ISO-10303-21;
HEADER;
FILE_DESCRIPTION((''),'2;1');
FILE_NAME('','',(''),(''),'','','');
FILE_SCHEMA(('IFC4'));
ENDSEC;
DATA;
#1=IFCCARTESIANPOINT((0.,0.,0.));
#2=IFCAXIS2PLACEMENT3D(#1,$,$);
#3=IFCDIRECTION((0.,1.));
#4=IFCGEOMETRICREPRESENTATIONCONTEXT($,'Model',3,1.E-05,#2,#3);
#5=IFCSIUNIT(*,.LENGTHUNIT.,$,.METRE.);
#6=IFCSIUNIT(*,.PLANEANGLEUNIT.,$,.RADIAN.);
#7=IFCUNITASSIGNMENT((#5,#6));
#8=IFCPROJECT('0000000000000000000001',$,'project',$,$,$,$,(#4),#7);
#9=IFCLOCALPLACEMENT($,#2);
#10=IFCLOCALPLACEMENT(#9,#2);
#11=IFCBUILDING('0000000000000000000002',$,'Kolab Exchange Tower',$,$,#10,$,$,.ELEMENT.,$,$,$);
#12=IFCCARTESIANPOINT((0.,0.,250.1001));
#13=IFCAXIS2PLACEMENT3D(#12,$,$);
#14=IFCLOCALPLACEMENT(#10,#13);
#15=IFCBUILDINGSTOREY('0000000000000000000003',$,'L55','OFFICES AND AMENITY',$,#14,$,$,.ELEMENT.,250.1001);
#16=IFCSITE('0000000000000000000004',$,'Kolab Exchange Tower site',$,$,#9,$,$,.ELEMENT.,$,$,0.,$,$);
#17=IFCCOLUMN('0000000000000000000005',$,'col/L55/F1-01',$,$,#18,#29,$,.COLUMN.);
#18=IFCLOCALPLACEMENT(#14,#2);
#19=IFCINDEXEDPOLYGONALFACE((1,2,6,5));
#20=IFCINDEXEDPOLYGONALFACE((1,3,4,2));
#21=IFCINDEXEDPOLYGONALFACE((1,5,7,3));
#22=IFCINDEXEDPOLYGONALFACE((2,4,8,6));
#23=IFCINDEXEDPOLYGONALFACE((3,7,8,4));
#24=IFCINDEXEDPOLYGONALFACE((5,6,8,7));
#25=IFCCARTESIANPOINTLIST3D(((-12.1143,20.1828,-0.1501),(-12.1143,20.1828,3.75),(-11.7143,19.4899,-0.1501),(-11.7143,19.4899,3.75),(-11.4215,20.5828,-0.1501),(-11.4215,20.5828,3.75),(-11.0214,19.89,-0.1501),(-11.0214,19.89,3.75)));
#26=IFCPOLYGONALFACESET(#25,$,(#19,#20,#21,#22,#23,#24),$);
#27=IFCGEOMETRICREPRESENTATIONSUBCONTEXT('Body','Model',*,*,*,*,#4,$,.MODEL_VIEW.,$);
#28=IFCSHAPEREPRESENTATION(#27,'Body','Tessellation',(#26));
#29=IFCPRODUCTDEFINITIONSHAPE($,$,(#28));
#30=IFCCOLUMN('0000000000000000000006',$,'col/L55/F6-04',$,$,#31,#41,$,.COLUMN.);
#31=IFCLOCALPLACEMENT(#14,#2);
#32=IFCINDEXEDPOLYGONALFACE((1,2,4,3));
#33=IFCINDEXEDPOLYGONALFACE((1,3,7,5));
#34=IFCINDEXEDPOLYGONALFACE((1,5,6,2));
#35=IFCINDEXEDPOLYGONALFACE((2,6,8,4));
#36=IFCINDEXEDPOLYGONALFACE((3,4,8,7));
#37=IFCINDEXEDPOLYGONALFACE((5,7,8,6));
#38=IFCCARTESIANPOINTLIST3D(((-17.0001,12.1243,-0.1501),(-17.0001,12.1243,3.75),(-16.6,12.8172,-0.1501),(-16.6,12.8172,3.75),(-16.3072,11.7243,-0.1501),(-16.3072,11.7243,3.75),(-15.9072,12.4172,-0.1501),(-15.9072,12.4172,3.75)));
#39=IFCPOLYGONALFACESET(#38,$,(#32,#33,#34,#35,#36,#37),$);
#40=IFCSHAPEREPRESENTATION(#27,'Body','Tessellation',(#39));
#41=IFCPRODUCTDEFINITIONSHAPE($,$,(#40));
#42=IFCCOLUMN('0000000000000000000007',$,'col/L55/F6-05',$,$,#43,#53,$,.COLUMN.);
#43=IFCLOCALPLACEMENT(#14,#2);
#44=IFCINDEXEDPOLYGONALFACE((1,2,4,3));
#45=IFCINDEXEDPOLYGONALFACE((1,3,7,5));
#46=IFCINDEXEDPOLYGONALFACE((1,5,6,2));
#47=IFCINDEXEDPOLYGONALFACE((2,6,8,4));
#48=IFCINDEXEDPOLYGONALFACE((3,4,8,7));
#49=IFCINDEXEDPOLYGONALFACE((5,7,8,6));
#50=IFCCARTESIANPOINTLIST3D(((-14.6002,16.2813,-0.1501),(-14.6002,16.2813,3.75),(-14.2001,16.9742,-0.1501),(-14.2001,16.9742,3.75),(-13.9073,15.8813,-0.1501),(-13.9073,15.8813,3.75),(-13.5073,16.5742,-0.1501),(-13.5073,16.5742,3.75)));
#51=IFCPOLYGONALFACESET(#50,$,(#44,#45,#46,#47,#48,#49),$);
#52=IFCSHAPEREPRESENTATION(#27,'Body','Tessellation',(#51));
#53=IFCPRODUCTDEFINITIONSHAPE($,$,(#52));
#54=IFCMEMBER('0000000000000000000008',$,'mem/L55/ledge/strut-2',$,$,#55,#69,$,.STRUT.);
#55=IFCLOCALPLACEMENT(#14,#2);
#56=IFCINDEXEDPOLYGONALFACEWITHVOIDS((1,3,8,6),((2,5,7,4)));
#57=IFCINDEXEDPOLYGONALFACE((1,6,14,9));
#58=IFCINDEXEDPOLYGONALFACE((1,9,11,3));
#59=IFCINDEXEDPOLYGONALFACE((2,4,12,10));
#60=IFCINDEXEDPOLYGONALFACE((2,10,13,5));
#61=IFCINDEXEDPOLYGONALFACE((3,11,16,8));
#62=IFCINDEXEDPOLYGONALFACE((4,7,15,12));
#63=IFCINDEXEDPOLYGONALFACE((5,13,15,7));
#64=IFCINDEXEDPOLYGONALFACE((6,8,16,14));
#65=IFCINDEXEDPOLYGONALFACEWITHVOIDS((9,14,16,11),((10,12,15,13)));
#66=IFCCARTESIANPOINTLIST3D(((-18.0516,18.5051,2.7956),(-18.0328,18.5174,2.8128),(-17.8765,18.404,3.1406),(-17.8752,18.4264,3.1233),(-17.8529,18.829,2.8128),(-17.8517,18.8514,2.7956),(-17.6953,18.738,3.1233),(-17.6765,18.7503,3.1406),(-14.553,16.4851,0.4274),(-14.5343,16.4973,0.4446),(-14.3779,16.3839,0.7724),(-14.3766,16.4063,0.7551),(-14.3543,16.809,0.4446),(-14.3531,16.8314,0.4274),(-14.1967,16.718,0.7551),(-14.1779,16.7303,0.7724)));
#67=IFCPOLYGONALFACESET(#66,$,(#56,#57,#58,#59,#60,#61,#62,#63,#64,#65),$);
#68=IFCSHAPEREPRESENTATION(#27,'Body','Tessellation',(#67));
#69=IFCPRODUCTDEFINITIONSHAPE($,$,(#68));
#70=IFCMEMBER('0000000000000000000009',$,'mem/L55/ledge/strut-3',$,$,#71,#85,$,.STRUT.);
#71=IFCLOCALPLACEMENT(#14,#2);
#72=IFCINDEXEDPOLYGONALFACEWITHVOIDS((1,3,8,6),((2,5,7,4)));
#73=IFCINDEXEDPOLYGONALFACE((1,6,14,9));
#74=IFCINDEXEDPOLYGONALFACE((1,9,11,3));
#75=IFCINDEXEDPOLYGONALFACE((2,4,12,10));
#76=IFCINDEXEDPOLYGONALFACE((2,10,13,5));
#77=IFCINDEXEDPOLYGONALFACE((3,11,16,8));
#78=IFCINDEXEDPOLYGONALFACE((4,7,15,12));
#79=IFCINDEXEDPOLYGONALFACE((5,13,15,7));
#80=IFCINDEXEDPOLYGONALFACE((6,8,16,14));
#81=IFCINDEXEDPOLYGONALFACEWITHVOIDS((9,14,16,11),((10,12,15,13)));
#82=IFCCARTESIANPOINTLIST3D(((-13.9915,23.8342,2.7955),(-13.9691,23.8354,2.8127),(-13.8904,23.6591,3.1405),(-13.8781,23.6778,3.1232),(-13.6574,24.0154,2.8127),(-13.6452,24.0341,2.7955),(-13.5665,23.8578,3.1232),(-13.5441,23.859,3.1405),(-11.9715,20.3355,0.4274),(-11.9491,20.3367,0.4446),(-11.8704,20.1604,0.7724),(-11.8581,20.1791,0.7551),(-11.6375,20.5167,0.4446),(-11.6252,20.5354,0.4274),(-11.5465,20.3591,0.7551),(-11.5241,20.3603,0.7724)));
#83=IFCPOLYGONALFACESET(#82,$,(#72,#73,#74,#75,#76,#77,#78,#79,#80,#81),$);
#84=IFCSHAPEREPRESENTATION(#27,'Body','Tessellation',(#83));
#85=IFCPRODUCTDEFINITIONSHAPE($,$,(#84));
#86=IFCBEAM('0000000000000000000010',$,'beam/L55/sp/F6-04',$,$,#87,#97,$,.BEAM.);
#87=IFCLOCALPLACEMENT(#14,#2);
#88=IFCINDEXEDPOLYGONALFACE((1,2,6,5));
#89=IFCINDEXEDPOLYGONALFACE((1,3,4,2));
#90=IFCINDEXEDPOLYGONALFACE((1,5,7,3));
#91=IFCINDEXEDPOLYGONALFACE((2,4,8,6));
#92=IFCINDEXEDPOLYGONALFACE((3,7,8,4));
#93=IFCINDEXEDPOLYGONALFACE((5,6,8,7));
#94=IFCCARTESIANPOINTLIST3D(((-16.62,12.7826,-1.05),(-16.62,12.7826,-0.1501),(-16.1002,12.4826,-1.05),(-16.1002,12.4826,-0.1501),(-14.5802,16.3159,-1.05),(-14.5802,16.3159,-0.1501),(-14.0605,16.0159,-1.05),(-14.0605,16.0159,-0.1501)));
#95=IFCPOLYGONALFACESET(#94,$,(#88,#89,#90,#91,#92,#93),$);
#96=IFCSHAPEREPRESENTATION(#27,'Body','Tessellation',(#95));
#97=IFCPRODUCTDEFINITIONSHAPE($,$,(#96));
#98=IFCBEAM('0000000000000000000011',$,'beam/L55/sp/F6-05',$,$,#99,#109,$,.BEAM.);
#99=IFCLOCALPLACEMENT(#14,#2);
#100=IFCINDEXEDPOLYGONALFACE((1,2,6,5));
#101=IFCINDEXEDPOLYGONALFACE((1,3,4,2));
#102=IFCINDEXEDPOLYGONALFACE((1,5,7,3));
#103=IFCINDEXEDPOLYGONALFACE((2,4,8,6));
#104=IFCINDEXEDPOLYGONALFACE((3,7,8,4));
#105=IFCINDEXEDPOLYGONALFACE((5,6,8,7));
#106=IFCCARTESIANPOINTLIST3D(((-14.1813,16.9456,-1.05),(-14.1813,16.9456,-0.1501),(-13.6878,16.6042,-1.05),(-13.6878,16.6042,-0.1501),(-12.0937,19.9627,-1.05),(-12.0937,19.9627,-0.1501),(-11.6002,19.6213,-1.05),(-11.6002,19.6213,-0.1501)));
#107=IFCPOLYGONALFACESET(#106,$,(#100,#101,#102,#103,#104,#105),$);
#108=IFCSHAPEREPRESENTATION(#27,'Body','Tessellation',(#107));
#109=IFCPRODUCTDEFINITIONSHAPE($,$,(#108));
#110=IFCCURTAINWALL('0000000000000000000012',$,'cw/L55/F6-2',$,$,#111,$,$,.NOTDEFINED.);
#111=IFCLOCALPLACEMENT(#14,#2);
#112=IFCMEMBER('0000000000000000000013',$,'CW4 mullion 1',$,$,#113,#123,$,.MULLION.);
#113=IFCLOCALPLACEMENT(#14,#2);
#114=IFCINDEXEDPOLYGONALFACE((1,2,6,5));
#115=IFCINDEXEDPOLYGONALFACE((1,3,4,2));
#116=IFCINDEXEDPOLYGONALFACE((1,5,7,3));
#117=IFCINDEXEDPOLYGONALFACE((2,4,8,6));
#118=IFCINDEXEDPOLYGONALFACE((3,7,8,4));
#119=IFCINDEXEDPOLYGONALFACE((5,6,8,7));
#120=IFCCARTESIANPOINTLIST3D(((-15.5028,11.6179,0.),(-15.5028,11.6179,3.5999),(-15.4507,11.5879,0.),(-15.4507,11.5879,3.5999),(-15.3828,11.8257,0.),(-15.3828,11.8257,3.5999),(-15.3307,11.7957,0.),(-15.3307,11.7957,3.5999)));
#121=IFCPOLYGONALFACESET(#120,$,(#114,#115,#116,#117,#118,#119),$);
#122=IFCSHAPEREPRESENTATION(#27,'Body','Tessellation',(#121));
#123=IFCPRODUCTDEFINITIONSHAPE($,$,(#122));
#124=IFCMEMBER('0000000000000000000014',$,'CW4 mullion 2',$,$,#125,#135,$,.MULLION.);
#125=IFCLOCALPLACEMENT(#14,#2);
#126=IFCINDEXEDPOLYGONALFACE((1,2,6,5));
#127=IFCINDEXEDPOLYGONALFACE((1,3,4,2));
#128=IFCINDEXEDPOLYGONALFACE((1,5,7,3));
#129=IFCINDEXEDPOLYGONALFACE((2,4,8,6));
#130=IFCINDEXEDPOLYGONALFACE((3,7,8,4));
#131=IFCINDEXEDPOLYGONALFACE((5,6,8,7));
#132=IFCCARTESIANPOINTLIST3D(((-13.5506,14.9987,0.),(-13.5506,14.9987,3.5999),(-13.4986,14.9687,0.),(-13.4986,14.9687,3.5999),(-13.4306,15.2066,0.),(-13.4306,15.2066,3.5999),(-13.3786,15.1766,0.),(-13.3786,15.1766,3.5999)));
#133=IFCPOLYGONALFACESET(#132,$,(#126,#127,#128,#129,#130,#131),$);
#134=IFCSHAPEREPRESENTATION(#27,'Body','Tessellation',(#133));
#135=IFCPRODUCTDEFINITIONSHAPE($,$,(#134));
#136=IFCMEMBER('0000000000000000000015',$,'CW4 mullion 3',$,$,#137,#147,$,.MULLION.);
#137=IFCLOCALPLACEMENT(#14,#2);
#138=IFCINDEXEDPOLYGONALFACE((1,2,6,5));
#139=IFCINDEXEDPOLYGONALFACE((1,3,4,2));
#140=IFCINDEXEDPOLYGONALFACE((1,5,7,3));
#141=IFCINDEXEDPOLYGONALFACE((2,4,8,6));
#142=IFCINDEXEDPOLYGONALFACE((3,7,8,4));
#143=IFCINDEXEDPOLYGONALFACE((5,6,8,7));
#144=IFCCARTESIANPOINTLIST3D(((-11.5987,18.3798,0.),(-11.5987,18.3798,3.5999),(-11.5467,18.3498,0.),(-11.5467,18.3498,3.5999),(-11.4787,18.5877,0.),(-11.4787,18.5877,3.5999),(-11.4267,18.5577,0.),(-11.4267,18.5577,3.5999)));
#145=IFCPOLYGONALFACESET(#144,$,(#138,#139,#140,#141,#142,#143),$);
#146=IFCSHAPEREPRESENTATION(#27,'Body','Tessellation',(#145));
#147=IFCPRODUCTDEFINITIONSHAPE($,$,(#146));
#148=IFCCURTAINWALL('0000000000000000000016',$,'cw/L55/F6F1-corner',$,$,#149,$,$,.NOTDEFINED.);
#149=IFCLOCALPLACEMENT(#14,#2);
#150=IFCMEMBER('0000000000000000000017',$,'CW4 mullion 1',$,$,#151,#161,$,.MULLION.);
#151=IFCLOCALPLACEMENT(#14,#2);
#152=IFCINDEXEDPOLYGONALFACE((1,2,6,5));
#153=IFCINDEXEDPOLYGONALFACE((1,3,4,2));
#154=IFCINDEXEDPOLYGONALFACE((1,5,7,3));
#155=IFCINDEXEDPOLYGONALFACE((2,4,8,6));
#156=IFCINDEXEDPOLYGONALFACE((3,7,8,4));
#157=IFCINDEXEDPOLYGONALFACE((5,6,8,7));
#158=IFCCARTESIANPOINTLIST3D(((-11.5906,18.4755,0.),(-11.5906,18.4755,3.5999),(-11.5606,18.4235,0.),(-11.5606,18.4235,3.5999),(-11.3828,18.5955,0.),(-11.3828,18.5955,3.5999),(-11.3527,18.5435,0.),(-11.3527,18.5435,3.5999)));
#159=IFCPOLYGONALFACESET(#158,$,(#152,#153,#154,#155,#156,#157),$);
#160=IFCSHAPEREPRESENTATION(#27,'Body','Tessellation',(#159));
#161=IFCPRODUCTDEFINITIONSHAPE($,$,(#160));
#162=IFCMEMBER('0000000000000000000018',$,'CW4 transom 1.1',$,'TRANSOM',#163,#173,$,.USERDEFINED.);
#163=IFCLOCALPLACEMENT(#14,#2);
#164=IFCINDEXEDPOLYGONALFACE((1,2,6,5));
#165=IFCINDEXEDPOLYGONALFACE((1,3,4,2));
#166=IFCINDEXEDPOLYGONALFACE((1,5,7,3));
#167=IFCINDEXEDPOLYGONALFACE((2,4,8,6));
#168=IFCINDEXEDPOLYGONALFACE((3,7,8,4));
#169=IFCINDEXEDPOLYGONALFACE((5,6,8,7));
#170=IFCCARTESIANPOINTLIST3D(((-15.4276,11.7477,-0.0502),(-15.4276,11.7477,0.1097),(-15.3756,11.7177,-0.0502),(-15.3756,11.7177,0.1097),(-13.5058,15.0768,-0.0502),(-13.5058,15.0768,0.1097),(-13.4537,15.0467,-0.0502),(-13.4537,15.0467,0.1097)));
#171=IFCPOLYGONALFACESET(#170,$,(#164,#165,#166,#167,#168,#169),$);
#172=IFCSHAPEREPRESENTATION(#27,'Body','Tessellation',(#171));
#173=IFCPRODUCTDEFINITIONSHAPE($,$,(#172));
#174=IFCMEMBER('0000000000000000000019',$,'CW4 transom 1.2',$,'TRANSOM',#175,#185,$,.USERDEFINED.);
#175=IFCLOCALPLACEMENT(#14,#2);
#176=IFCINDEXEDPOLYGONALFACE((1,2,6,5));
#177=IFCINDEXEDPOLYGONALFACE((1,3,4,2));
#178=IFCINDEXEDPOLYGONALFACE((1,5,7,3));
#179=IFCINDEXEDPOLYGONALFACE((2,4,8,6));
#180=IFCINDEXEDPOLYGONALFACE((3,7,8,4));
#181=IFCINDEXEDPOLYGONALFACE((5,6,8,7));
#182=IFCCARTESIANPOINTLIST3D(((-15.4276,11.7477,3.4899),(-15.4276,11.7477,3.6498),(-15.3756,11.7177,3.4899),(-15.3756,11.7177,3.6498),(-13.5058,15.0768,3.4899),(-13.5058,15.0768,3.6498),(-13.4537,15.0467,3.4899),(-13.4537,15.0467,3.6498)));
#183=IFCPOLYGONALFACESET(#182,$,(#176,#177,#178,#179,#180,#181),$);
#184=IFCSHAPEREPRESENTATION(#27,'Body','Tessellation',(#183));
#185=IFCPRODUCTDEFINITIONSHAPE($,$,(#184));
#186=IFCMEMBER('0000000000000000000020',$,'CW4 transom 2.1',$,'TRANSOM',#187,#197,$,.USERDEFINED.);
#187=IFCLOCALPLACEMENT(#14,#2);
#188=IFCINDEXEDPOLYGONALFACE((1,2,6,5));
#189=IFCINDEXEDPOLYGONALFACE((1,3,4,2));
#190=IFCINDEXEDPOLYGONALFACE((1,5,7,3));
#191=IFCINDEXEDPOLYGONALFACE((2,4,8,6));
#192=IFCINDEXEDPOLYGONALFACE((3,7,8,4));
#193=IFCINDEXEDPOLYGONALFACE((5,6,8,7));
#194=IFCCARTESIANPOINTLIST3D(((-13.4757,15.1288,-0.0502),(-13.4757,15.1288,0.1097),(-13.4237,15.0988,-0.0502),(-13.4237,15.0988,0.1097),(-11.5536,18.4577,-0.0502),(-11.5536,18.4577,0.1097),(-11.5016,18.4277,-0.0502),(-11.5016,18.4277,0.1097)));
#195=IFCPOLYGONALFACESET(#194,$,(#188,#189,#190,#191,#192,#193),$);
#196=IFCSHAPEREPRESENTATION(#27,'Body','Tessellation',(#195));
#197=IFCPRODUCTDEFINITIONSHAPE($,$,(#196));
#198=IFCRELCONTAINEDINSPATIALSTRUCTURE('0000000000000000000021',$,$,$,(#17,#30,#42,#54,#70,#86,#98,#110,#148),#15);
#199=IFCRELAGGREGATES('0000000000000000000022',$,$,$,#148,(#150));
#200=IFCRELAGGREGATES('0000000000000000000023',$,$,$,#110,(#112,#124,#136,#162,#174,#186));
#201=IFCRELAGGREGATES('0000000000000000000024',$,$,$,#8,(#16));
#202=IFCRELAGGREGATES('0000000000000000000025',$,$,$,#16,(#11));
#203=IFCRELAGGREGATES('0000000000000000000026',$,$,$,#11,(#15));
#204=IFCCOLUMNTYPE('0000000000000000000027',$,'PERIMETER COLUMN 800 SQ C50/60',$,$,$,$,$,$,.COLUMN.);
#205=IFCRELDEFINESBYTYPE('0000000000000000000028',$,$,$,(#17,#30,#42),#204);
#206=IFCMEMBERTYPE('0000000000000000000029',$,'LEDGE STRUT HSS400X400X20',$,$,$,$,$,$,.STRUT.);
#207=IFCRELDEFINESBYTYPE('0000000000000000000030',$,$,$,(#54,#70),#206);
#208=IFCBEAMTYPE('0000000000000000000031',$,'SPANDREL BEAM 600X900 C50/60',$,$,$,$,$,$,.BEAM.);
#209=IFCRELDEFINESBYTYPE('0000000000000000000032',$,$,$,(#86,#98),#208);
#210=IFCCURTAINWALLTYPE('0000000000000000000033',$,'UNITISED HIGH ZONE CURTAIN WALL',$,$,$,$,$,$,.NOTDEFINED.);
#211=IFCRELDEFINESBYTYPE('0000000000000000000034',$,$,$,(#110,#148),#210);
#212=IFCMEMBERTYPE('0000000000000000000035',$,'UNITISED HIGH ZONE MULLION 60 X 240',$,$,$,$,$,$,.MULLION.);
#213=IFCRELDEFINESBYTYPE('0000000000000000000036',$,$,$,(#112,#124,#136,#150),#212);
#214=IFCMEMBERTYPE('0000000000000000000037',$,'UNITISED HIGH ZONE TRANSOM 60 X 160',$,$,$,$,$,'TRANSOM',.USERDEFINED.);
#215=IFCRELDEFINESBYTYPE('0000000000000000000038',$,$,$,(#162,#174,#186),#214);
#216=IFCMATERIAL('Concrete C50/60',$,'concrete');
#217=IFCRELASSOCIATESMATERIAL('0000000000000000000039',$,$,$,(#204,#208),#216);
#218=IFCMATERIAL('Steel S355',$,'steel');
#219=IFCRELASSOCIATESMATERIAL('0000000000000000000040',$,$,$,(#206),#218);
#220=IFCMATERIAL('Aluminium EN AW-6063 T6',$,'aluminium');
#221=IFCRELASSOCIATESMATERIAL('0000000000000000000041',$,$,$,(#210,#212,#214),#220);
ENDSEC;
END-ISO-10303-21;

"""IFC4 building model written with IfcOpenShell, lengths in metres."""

from ifc_helpers import new_model, si_unit, direction, frame, origin, origin_2d, place, context, subcontext, project, spatial, rectangle, hollow_rectangle, extrude, material, material_profile, profile_set, type_object, element, aggregate, save


model = new_model("IFC4")

# Units and contexts
model_context = context("Model", 3, precision=1e-05, world=origin(), true_north=direction((0.0, 1.0)))
body_context = subcontext(model_context, "Body", "Model", "MODEL_VIEW")
ifc_project = project(units=[si_unit("LENGTHUNIT", "METRE"), si_unit("PLANEANGLEUNIT", "RADIAN")], contexts=[model_context])

# Site, building, storey
site_placement = place(None, origin())
site = spatial("IfcSite", under=ifc_project, at=site_placement, Name="Kolab Exchange Tower site", CompositionType="ELEMENT", RefElevation=0.0)
building_placement = place(site_placement, origin())
building = spatial("IfcBuilding", under=site, at=building_placement, Name="Kolab Exchange Tower", CompositionType="ELEMENT")
storey_placement = place(building_placement, frame((0.0, 0.0, 250.1001)))
storey = spatial("IfcBuildingStorey", under=building, at=storey_placement, Name="L55", Description="OFFICES AND AMENITY", CompositionType="ELEMENT", Elevation=250.1001)

# Columns
ifc_material_1 = material(Name="Concrete C50/60", Category="concrete")
ifc_material_profile_1 = material_profile(ifc_material_1, rectangle(XDim=0.8, YDim=0.8, at=origin_2d()), Name="RC800")
ifc_profile_set_1 = profile_set([ifc_material_profile_1], Name="Concrete C50/60")
column_type = type_object("IfcColumnType", Name="PERIMETER COLUMN 800 SQ C50/60", PredefinedType="COLUMN", material=ifc_profile_set_1)
for number, where, z_axis, x_axis, name in (
    (1, (-11.5679, 20.0364, -0.1501), (0.0, 0.0, 1.0), (0.866025, 0.5, 0.0), "col/L55/F1-01"),
    (2, (-16.4536, 12.2708, -0.1501), (0.0, 0.0, 1.0), (0.5, 0.866025, 0.0), "col/L55/F6-04"),
    (3, (-14.0537, 16.4277, -0.1501), (0.0, 0.0, 1.0), (0.5, 0.866025, 0.0), "col/L55/F6-05"),
):
    element("IfcColumn", number, at=place(storey_placement, frame(where, z_axis=z_axis, x_axis=x_axis)), inside=storey, type_object=column_type, Name=name, PredefinedType="COLUMN", context=body_context, shape_type="SweptSolid", body=[
        extrude(rectangle(XDim=0.8, YDim=0.8, at=origin_2d()), origin(), (0.0, 0.0, 1.0), 3.9001),
    ])

# Members
ifc_material_2 = material(Name="Steel S355", Category="steel")
ifc_material_profile_2 = material_profile(ifc_material_2, hollow_rectangle(XDim=0.3999, YDim=0.3999, WallThickness=0.02, at=origin_2d()), Name="HSS400X400X20")
ifc_profile_set_2 = profile_set([ifc_material_profile_2], Name="Steel S355")
member_type_1 = type_object("IfcMemberType", Name="LEDGE STRUT HSS400X400X20", PredefinedType="STRUT", material=ifc_profile_set_2)
for number, where, z_axis, x_axis, name in (
    (4, (-14.3655, 16.6077, 0.5999), (-0.747106, 0.431372, 0.505718), (-0.500026, -0.86601, 0.0), "mem/L55/ledge/strut-2"),
    (5, (-11.7478, 20.3479, 0.5999), (-0.431355, 0.747129, 0.505698), (-0.866026, -0.5, 0.0), "mem/L55/ledge/strut-3"),
):
    element("IfcMember", number, at=place(storey_placement, frame(where, z_axis=z_axis, x_axis=x_axis)), inside=storey, type_object=member_type_1, Name=name, PredefinedType="STRUT", context=body_context, shape_type="SweptSolid", body=[
        extrude(hollow_rectangle(XDim=0.3999, YDim=0.3999, WallThickness=0.02, at=origin_2d()), origin(), (0.0, 0.0, 1.0), 4.6829),
    ])

# Beams
ifc_material_profile_3 = material_profile(ifc_material_1, rectangle(XDim=0.6001, YDim=0.8999, at=origin_2d()), Name="RC600X900")
ifc_profile_set_3 = profile_set([ifc_material_profile_3], Name="Concrete C50/60")
beam_type = type_object("IfcBeamType", Name="SPANDREL BEAM 600X900 C50/60", PredefinedType="BEAM", material=ifc_profile_set_3)
beam_1_placement = place(storey_placement, frame((-16.3601, 12.6326, -0.6001), z_axis=(0.499956, 0.866051, 0.0), x_axis=(-0.866051, 0.499956, 0.0)))
element("IfcBeam", 6, at=beam_1_placement, inside=storey, type_object=beam_type, Name="beam/L55/sp/F6-04", PredefinedType="BEAM", context=body_context, shape_type="SweptSolid", body=[
    extrude(rectangle(XDim=0.6001, YDim=0.8999, at=origin_2d()), origin(), (0.0, 0.0, 1.0), 4.0798),
])
beam_2_placement = place(storey_placement, frame((-13.9346, 16.7749, -0.6001), z_axis=(0.569006, 0.822334, 0.0), x_axis=(-0.822334, 0.569006, 0.0)))
element("IfcBeam", 7, at=beam_2_placement, inside=storey, type_object=beam_type, Name="beam/L55/sp/F6-05", PredefinedType="BEAM", context=body_context, shape_type="SweptSolid", body=[
    extrude(rectangle(XDim=0.6001, YDim=0.8999, at=origin_2d()), origin(), (0.0, 0.0, 1.0), 3.6689),
])

# Curtain wall, members
ifc_material_3 = material(Name="Aluminium EN AW-6063 T6", Category="aluminium")
curtain_wall_type = type_object("IfcCurtainWallType", Name="UNITISED HIGH ZONE CURTAIN WALL", PredefinedType="NOTDEFINED", material=ifc_material_3)
curtain_wall_1_placement = place(storey_placement, origin())
curtain_wall_1 = element("IfcCurtainWall", 8, at=curtain_wall_1_placement, inside=storey, type_object=curtain_wall_type, Name="cw/L55/F6-2", PredefinedType="NOTDEFINED")
ifc_material_profile_4 = material_profile(ifc_material_3, rectangle(XDim=0.0601, YDim=0.24, at=origin_2d()), Name="RECT 60X240")
ifc_profile_set_4 = profile_set([ifc_material_profile_4], Name="Aluminium EN AW-6063 T6")
member_type_2 = type_object("IfcMemberType", Name="UNITISED HIGH ZONE MULLION 60 X 240", PredefinedType="MULLION", material=ifc_profile_set_4)
member_1_placement = place(storey_placement, frame((-15.4167, 11.7068, 0.0), z_axis=(0.0, 0.0, 1.0), x_axis=(-0.866025, 0.5, 0.0)))
member_1 = element("IfcMember", 9, at=member_1_placement, type_object=member_type_2, Name="CW4 mullion 1", PredefinedType="MULLION", context=body_context, shape_type="SweptSolid", body=[
    extrude(rectangle(XDim=0.0601, YDim=0.24, at=origin_2d()), origin(), (0.0, 0.0, 1.0), 3.5999),
])
member_2_placement = place(storey_placement, frame((-13.4646, 15.0876, 0.0), z_axis=(0.0, 0.0, 1.0), x_axis=(-0.866025, 0.5, 0.0)))
member_2 = element("IfcMember", 10, at=member_2_placement, type_object=member_type_2, Name="CW4 mullion 2", PredefinedType="MULLION", context=body_context, shape_type="SweptSolid", body=[
    extrude(rectangle(XDim=0.0601, YDim=0.24, at=origin_2d()), origin(), (0.0, 0.0, 1.0), 3.5999),
])
member_3_placement = place(storey_placement, frame((-11.5127, 18.4688, 0.0), z_axis=(0.0, 0.0, 1.0), x_axis=(-0.866025, 0.5, 0.0)))
member_3 = element("IfcMember", 11, at=member_3_placement, type_object=member_type_2, Name="CW4 mullion 3", PredefinedType="MULLION", context=body_context, shape_type="SweptSolid", body=[
    extrude(rectangle(XDim=0.0601, YDim=0.24, at=origin_2d()), origin(), (0.0, 0.0, 1.0), 3.5999),
])

# Curtain wall, member
curtain_wall_2_placement = place(storey_placement, origin())
curtain_wall_2 = element("IfcCurtainWall", 12, at=curtain_wall_2_placement, inside=storey, type_object=curtain_wall_type, Name="cw/L55/F6F1-corner", PredefinedType="NOTDEFINED")
member_4_placement = place(storey_placement, frame((-11.4717, 18.5095, 0.0), z_axis=(0.0, 0.0, 1.0), x_axis=(-0.5, 0.866025, 0.0)))
member_4 = element("IfcMember", 13, at=member_4_placement, type_object=member_type_2, Name="CW4 mullion 1", PredefinedType="MULLION", context=body_context, shape_type="SweptSolid", body=[
    extrude(rectangle(XDim=0.0601, YDim=0.24, at=origin_2d()), origin(), (0.0, 0.0, 1.0), 3.5999),
])

# Members
ifc_material_profile_5 = material_profile(ifc_material_3, rectangle(XDim=0.0601, YDim=0.1599, at=origin_2d()), Name="RECT 60X160")
ifc_profile_set_5 = profile_set([ifc_material_profile_5], Name="Aluminium EN AW-6063 T6")
member_type_3 = type_object("IfcMemberType", Name="UNITISED HIGH ZONE TRANSOM 60 X 160", ElementType="TRANSOM", PredefinedType="USERDEFINED", material=ifc_profile_set_5)
member_5_placement = place(storey_placement, frame((-15.4016, 11.7327, 0.0298), z_axis=(0.499964, 0.866046, 0.0), x_axis=(-0.866046, 0.499964, 0.0)))
member_5 = element("IfcMember", 14, at=member_5_placement, type_object=member_type_3, Name="CW4 transom 1.1", ObjectType="TRANSOM", PredefinedType="USERDEFINED", context=body_context, shape_type="SweptSolid", body=[
    extrude(rectangle(XDim=0.0601, YDim=0.1599, at=origin_2d()), origin(), (0.0, 0.0, 1.0), 3.844),
])
member_6_placement = place(storey_placement, frame((-15.4016, 11.7327, 3.5698), z_axis=(0.499964, 0.866046, 0.0), x_axis=(-0.866046, 0.499964, 0.0)))
member_6 = element("IfcMember", 15, at=member_6_placement, type_object=member_type_3, Name="CW4 transom 1.2", ObjectType="TRANSOM", PredefinedType="USERDEFINED", context=body_context, shape_type="SweptSolid", body=[
    extrude(rectangle(XDim=0.0601, YDim=0.1599, at=origin_2d()), origin(), (0.0, 0.0, 1.0), 3.844),
])
member_7_placement = place(storey_placement, frame((-13.4497, 15.1138, 0.0298), z_axis=(0.500039, 0.866003, 0.0), x_axis=(-0.866003, 0.500039, 0.0)))
member_7 = element("IfcMember", 16, at=member_7_placement, type_object=member_type_3, Name="CW4 transom 2.1", ObjectType="TRANSOM", PredefinedType="USERDEFINED", context=body_context, shape_type="SweptSolid", body=[
    extrude(rectangle(XDim=0.0601, YDim=0.1599, at=origin_2d()), origin(), (0.0, 0.0, 1.0), 3.844),
])
aggregate(curtain_wall_2, [member_4])

aggregate(curtain_wall_1, [member_1, member_2, member_3, member_5, member_6, member_7])

save(model, "model.ifc")
